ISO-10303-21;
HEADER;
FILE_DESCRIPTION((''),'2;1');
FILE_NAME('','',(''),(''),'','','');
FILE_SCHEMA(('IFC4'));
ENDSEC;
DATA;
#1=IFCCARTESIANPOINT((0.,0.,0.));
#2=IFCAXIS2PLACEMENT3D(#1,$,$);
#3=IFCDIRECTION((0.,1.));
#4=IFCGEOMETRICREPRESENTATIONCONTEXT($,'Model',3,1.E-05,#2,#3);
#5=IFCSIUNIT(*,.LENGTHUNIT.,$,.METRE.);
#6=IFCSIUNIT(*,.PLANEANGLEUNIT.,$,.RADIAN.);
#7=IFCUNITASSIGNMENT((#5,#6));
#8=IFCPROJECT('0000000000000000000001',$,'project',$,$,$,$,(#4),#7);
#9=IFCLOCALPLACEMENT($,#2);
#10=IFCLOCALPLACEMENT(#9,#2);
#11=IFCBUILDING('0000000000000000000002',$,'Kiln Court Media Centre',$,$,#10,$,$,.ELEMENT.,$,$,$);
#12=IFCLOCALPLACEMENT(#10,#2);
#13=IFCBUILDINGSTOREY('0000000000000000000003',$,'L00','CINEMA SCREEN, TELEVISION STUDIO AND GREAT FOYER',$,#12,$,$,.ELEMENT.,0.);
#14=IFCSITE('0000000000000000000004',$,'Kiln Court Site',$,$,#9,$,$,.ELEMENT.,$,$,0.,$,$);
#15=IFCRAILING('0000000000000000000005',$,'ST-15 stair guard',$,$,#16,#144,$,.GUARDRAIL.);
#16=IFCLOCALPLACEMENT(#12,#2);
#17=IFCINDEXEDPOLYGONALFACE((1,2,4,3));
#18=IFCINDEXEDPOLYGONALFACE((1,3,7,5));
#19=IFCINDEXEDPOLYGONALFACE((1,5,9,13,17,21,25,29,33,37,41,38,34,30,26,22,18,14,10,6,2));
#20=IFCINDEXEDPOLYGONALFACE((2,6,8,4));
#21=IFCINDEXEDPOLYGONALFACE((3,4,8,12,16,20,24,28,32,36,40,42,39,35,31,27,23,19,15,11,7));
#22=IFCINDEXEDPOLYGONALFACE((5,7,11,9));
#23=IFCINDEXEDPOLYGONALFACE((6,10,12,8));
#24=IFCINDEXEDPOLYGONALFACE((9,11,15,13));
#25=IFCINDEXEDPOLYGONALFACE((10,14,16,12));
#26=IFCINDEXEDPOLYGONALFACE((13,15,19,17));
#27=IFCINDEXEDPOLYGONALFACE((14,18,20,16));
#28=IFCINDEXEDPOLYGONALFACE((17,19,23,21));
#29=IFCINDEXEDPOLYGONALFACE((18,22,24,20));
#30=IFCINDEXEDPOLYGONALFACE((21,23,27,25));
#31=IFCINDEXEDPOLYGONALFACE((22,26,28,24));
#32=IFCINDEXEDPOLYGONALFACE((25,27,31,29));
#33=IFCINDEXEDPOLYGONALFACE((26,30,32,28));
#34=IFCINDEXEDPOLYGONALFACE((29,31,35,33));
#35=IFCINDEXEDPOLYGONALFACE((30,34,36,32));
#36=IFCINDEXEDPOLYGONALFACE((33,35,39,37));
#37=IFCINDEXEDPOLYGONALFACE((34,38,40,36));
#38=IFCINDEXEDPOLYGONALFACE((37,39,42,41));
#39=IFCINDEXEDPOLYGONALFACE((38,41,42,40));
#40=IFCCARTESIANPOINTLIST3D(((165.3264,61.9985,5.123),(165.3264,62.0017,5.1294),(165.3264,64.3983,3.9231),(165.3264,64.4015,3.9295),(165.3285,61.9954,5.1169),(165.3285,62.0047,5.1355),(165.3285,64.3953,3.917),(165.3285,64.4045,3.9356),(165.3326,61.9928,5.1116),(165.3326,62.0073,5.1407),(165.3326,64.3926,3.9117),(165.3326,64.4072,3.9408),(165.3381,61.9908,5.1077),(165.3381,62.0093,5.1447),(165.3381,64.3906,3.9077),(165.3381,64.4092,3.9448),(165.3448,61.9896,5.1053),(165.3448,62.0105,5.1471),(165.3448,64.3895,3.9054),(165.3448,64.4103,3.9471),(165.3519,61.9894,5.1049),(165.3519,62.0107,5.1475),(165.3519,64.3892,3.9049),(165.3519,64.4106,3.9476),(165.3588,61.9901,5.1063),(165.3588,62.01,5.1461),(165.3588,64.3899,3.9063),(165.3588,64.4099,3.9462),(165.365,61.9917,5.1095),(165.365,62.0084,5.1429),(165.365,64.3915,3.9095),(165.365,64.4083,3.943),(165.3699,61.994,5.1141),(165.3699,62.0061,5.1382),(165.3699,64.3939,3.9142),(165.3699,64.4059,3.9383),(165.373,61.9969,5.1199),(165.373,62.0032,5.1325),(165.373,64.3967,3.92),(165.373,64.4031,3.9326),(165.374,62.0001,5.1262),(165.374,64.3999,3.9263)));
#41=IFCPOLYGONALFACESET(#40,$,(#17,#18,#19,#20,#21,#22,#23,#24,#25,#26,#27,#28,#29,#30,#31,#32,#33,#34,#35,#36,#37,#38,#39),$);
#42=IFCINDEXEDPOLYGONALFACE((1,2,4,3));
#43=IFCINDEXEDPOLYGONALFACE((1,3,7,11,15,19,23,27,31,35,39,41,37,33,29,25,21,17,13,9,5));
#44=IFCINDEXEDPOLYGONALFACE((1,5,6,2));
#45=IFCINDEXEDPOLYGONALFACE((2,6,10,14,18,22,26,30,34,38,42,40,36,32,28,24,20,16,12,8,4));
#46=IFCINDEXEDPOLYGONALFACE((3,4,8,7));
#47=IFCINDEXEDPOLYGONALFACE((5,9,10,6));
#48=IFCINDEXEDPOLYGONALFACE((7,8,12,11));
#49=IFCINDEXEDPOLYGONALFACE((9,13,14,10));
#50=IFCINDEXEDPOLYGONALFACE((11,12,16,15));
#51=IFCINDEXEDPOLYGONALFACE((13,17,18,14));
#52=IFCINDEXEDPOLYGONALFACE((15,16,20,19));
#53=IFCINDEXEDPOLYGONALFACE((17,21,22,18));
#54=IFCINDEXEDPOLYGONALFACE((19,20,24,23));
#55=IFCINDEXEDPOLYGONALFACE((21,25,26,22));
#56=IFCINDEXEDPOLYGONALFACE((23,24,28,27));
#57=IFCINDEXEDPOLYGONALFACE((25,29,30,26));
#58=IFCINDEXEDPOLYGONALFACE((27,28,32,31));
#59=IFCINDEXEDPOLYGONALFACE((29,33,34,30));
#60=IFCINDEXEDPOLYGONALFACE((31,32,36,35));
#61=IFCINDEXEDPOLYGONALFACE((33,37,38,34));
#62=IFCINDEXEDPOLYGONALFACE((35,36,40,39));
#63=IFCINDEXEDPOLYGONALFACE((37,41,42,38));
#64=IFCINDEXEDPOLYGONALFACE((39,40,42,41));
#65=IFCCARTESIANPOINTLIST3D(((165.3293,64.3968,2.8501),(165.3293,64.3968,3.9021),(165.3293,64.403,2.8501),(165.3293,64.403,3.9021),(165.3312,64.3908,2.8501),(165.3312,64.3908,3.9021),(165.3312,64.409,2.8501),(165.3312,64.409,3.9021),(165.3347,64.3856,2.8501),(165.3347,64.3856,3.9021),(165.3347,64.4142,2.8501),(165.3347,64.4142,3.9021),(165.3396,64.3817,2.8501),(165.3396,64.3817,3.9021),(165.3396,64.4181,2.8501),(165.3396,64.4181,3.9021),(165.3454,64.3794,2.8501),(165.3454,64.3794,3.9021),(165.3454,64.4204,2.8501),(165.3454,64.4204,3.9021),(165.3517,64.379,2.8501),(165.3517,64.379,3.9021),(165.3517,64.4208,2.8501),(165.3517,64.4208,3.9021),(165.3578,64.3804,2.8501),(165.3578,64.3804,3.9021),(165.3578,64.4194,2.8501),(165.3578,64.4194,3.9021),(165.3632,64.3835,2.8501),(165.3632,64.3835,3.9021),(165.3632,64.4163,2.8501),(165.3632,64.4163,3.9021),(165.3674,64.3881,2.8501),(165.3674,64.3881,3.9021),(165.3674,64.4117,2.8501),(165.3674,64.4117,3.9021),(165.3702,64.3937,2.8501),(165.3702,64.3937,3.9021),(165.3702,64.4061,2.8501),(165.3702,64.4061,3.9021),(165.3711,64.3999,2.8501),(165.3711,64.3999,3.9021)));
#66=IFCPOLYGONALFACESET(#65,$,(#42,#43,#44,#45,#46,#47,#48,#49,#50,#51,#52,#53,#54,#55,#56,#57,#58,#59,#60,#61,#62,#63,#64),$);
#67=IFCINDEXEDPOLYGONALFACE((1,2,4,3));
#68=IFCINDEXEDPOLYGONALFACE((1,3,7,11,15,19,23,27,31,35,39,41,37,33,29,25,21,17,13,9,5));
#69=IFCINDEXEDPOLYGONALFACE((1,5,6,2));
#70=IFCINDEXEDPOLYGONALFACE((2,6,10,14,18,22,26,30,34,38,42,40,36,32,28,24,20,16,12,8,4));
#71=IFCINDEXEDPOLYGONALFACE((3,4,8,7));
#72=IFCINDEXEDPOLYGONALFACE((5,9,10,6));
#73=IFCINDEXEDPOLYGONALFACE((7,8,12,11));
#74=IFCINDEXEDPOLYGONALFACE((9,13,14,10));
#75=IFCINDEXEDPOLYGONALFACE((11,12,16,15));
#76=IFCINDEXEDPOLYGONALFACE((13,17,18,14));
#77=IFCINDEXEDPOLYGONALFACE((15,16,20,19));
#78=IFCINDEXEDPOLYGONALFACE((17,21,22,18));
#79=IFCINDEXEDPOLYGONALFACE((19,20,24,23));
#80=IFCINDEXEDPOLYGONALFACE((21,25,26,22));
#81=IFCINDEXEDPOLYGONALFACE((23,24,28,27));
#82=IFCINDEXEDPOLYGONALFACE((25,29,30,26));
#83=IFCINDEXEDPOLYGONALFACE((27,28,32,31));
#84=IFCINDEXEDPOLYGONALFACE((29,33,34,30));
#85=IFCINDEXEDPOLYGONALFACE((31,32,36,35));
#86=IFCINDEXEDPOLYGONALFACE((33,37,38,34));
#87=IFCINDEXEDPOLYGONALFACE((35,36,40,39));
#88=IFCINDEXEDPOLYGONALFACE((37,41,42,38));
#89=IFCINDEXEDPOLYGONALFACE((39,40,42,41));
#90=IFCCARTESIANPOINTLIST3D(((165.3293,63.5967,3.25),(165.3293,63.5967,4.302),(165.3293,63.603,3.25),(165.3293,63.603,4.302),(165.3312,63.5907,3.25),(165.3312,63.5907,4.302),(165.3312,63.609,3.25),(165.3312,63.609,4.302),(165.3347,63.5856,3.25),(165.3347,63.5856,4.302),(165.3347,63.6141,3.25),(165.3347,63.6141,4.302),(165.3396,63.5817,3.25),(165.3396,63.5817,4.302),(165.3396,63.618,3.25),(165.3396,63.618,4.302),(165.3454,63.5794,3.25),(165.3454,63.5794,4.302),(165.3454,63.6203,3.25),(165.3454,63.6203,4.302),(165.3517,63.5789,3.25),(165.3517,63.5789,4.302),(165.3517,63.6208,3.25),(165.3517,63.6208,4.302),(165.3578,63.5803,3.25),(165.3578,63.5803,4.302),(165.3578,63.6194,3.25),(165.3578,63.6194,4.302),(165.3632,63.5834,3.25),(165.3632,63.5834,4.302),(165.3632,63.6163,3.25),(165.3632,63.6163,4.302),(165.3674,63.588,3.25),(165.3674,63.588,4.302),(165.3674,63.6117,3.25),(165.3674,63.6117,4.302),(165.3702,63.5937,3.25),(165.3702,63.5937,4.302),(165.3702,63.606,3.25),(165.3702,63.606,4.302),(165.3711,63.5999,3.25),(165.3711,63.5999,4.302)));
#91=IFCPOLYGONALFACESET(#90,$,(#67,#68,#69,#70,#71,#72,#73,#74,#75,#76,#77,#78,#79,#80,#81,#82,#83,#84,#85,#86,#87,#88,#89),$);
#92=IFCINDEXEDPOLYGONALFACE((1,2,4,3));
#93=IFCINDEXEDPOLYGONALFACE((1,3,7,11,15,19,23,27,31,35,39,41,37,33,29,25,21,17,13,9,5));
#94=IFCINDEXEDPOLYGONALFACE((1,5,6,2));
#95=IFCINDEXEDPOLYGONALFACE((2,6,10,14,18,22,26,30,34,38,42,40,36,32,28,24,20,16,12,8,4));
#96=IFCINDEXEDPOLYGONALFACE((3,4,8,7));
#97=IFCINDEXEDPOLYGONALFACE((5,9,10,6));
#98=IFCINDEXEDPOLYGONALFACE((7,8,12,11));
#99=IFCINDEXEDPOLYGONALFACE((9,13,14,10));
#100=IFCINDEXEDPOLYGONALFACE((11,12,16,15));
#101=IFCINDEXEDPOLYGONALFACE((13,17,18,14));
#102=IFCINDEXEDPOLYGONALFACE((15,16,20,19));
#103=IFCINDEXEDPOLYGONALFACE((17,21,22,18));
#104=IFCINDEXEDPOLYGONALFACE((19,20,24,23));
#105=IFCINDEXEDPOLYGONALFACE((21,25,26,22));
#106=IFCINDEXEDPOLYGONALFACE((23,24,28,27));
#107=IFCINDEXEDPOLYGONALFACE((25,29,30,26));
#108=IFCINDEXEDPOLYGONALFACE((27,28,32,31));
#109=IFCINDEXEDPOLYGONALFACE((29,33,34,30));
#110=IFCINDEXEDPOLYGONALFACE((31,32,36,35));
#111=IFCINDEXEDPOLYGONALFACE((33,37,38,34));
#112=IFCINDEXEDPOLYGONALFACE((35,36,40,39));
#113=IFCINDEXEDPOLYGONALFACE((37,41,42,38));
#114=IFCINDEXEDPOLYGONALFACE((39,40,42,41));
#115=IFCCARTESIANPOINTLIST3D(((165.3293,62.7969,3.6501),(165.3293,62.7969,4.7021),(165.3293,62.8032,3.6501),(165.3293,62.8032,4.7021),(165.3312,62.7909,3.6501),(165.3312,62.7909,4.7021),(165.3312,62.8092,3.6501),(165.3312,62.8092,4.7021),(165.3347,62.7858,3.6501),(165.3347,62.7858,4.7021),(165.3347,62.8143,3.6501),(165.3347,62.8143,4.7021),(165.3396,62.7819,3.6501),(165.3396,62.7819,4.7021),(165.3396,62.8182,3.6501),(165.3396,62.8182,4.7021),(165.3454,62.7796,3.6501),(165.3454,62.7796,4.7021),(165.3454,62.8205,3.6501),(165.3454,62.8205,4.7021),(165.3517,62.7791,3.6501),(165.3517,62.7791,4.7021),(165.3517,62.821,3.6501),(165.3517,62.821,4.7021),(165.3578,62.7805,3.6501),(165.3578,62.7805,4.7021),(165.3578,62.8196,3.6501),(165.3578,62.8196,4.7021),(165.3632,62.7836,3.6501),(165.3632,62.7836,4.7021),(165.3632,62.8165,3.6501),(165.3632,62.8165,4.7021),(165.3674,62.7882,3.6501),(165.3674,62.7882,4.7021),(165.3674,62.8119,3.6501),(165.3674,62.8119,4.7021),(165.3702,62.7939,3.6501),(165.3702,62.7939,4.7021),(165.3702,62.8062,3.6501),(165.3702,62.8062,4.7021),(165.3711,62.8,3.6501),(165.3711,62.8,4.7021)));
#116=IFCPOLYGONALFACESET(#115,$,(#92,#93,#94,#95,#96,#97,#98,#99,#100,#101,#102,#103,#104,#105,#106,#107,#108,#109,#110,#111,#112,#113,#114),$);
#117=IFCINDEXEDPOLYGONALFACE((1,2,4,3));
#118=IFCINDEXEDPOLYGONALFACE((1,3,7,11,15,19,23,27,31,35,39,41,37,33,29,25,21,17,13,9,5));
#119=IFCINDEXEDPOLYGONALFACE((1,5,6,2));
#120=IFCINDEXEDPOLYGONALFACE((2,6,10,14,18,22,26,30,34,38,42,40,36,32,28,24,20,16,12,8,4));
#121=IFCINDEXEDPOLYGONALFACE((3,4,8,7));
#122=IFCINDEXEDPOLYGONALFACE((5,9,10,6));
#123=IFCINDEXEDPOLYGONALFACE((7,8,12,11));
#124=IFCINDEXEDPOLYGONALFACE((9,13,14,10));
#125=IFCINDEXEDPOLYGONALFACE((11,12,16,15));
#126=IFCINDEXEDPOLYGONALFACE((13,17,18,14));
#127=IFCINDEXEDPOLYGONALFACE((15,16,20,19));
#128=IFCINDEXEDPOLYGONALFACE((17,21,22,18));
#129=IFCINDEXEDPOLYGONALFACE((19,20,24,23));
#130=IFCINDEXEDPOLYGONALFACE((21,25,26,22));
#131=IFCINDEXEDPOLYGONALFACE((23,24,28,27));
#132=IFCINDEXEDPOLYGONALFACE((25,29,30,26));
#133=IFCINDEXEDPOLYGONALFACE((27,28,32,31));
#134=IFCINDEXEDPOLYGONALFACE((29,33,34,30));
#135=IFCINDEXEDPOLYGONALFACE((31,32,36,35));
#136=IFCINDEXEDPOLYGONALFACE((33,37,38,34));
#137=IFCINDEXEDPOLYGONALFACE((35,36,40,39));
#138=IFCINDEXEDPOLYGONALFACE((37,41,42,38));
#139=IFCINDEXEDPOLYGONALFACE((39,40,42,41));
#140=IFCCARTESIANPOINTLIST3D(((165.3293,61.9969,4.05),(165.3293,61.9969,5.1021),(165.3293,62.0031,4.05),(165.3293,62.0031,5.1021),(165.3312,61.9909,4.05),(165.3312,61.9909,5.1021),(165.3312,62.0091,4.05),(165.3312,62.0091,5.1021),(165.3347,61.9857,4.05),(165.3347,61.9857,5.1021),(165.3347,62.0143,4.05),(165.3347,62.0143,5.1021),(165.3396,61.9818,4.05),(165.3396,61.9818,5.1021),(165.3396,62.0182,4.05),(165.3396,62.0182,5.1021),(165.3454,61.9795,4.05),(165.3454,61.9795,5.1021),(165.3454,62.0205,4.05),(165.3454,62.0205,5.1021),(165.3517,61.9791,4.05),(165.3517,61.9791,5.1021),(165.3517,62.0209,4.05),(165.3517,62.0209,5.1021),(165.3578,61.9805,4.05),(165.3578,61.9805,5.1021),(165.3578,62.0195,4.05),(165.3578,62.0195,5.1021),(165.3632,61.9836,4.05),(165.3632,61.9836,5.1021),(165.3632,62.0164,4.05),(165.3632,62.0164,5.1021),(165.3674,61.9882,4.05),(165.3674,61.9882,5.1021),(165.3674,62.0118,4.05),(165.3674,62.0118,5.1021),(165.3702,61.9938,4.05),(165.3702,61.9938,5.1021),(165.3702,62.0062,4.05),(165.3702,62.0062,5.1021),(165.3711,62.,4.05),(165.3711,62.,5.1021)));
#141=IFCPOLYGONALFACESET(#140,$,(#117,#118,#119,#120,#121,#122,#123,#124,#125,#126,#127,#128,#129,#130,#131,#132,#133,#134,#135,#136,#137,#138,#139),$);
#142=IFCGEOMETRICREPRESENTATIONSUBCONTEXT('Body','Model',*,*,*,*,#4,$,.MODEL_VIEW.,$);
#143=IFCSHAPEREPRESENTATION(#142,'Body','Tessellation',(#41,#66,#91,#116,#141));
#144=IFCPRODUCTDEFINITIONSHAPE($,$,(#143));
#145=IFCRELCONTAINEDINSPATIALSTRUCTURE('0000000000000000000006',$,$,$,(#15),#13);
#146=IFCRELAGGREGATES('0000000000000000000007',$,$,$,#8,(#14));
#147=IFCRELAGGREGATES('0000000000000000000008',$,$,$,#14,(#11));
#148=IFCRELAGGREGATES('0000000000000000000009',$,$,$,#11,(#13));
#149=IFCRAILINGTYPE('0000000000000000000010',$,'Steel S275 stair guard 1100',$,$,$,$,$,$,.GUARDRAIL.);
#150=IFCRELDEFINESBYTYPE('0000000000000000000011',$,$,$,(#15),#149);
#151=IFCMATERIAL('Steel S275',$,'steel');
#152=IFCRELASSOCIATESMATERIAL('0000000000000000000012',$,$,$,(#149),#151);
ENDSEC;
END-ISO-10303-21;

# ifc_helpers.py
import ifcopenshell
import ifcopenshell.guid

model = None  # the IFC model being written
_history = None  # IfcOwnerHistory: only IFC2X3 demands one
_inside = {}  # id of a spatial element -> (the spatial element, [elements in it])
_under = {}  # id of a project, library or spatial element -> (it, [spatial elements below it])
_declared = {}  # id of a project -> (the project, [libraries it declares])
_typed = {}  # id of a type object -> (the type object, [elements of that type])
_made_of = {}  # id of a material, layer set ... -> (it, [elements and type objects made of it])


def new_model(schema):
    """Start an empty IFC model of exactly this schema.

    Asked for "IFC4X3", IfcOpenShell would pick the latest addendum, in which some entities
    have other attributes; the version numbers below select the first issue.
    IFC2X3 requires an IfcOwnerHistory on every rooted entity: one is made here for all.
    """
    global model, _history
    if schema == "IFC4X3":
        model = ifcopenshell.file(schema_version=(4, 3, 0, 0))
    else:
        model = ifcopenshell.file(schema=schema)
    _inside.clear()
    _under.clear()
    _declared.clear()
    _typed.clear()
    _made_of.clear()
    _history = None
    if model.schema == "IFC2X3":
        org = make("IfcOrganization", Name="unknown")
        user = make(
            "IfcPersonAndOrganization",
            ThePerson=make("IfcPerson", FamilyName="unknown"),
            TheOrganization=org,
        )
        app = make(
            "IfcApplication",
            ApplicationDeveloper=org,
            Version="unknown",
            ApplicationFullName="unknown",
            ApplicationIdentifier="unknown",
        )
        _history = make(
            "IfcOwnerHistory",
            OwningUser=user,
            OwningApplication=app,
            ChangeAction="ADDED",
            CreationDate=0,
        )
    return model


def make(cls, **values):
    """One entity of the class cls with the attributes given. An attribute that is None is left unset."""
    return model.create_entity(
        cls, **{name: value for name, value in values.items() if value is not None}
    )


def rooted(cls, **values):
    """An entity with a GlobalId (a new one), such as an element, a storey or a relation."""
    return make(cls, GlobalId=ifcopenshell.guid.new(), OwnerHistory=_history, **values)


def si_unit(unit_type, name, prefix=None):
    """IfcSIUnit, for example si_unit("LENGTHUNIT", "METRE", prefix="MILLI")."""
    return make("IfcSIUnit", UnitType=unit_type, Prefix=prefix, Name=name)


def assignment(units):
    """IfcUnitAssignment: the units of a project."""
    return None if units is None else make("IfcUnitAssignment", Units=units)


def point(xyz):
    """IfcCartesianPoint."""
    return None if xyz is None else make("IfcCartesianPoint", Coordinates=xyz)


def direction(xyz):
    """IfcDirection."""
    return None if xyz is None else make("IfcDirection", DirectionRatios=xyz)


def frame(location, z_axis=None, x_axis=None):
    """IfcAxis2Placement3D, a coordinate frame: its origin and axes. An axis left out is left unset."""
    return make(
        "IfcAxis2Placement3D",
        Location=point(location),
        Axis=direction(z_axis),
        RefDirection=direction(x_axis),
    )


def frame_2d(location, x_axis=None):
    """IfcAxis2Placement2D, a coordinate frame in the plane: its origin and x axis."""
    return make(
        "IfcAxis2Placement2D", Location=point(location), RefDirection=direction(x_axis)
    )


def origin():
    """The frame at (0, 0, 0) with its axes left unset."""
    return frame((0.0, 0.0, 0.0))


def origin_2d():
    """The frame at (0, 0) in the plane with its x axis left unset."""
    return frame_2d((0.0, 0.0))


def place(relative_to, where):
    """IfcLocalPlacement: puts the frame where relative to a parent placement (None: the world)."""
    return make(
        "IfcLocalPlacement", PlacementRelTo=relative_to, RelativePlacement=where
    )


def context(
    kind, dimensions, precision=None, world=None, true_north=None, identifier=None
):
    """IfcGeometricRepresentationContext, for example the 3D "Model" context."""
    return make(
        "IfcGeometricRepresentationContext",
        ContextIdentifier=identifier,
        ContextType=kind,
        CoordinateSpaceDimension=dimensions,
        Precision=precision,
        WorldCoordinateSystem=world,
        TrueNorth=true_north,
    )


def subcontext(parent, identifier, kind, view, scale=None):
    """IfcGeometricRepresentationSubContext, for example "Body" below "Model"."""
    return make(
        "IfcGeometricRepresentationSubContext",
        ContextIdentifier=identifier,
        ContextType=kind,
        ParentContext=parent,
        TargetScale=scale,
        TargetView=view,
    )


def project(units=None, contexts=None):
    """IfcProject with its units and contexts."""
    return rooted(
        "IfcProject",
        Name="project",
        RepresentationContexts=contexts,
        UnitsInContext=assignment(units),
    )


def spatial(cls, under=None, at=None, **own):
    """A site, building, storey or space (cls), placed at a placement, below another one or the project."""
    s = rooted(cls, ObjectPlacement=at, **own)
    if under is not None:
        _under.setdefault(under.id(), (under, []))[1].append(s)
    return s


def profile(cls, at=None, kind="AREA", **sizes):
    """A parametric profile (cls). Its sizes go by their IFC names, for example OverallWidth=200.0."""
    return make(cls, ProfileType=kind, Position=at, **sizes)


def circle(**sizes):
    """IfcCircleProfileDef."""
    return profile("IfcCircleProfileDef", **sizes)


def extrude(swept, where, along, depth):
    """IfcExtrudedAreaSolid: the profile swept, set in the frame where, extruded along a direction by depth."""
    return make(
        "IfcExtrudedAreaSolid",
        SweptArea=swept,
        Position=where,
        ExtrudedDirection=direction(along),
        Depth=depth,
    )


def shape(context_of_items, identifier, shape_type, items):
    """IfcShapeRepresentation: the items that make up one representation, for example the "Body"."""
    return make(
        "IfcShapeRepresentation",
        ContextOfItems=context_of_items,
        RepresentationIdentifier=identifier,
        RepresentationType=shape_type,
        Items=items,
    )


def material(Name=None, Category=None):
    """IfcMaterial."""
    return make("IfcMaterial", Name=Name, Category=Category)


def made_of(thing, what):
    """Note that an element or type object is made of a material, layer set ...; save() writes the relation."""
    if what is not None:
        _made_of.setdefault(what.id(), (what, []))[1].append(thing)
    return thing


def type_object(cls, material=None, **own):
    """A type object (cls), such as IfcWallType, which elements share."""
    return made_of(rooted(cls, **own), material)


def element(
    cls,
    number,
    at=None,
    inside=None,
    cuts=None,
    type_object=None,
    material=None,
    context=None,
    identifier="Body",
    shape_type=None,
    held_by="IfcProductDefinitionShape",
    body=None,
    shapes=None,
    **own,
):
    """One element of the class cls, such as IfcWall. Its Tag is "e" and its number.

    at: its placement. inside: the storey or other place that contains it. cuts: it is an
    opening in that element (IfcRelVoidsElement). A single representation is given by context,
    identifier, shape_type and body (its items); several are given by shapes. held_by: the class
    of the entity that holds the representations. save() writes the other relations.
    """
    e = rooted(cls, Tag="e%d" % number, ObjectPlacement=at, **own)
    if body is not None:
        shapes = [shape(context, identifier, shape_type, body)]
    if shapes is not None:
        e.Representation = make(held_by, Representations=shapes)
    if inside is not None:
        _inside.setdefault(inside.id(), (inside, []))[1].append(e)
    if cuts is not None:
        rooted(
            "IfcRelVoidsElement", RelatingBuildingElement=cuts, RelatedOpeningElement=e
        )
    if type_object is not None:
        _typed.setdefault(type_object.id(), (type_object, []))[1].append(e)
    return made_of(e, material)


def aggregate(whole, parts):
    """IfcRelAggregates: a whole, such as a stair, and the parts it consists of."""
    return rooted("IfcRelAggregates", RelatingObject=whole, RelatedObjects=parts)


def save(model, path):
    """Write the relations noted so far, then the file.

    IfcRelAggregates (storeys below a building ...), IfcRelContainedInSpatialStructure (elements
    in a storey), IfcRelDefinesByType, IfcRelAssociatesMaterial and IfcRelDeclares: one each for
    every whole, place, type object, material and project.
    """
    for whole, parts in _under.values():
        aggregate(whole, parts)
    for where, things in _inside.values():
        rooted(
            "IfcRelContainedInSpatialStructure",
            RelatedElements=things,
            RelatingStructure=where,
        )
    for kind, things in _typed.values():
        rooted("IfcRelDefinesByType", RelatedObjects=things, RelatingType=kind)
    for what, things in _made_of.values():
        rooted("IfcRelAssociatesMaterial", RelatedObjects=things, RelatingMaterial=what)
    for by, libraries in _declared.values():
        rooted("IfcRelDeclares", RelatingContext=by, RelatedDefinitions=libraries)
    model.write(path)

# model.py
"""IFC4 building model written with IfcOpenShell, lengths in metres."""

from ifc_helpers import new_model, si_unit, direction, frame, origin, origin_2d, place, context, subcontext, project, spatial, circle, extrude, material, type_object, element, save


model = new_model("IFC4")

# Units and contexts
model_context = context("Model", 3, precision=1e-05, world=origin(), true_north=direction((0.0, 1.0)))
body_context = subcontext(model_context, "Body", "Model", "MODEL_VIEW")
ifc_project = project(units=[si_unit("LENGTHUNIT", "METRE"), si_unit("PLANEANGLEUNIT", "RADIAN")], contexts=[model_context])

# Site, building, storey
site_placement = place(None, origin())
site = spatial("IfcSite", under=ifc_project, at=site_placement, Name="Kiln Court Site", CompositionType="ELEMENT", RefElevation=0.0)
building_placement = place(site_placement, origin())
building = spatial("IfcBuilding", under=site, at=building_placement, Name="Kiln Court Media Centre", CompositionType="ELEMENT")
storey_placement = place(building_placement, origin())
storey = spatial("IfcBuildingStorey", under=building, at=storey_placement, Name="L00", Description="CINEMA SCREEN, TELEVISION STUDIO AND GREAT FOYER", CompositionType="ELEMENT", Elevation=0.0)

# Railing
ifc_material_1 = material(Name="Steel S275", Category="steel")
railing_type_1 = type_object("IfcRailingType", Name="Steel S275 stair guard 1100", PredefinedType="GUARDRAIL", material=ifc_material_1)
railing_1_placement = place(storey_placement, frame((165.3501, 64.3999, 2.8501)))
element("IfcRailing", 1, at=railing_1_placement, inside=storey, type_object=railing_type_1, Name="ST-15 stair guard", PredefinedType="GUARDRAIL", context=body_context, shape_type="SweptSolid", body=[
    extrude(circle(Radius=0.0239, at=origin_2d()), frame((0.0, 0.0, 1.0762), z_axis=(0.0, -0.894427, 0.447214), x_axis=(1.0, 0.0, 0.0)), (0.0, 0.0, 1.0), 2.6831),
    extrude(circle(Radius=0.021, at=origin_2d()), origin(), (0.0, 0.0, 1.0), 1.052),
    extrude(circle(Radius=0.021, at=origin_2d()), frame((0.0, -0.8, 0.3999)), (0.0, 0.0, 1.0), 1.052),
    extrude(circle(Radius=0.021, at=origin_2d()), frame((0.0, -1.5999, 0.8)), (0.0, 0.0, 1.0), 1.052),
    extrude(circle(Radius=0.021, at=origin_2d()), frame((0.0, -2.3999, 1.2)), (0.0, 0.0, 1.0), 1.052),
])

save(model, "model.ifc")
